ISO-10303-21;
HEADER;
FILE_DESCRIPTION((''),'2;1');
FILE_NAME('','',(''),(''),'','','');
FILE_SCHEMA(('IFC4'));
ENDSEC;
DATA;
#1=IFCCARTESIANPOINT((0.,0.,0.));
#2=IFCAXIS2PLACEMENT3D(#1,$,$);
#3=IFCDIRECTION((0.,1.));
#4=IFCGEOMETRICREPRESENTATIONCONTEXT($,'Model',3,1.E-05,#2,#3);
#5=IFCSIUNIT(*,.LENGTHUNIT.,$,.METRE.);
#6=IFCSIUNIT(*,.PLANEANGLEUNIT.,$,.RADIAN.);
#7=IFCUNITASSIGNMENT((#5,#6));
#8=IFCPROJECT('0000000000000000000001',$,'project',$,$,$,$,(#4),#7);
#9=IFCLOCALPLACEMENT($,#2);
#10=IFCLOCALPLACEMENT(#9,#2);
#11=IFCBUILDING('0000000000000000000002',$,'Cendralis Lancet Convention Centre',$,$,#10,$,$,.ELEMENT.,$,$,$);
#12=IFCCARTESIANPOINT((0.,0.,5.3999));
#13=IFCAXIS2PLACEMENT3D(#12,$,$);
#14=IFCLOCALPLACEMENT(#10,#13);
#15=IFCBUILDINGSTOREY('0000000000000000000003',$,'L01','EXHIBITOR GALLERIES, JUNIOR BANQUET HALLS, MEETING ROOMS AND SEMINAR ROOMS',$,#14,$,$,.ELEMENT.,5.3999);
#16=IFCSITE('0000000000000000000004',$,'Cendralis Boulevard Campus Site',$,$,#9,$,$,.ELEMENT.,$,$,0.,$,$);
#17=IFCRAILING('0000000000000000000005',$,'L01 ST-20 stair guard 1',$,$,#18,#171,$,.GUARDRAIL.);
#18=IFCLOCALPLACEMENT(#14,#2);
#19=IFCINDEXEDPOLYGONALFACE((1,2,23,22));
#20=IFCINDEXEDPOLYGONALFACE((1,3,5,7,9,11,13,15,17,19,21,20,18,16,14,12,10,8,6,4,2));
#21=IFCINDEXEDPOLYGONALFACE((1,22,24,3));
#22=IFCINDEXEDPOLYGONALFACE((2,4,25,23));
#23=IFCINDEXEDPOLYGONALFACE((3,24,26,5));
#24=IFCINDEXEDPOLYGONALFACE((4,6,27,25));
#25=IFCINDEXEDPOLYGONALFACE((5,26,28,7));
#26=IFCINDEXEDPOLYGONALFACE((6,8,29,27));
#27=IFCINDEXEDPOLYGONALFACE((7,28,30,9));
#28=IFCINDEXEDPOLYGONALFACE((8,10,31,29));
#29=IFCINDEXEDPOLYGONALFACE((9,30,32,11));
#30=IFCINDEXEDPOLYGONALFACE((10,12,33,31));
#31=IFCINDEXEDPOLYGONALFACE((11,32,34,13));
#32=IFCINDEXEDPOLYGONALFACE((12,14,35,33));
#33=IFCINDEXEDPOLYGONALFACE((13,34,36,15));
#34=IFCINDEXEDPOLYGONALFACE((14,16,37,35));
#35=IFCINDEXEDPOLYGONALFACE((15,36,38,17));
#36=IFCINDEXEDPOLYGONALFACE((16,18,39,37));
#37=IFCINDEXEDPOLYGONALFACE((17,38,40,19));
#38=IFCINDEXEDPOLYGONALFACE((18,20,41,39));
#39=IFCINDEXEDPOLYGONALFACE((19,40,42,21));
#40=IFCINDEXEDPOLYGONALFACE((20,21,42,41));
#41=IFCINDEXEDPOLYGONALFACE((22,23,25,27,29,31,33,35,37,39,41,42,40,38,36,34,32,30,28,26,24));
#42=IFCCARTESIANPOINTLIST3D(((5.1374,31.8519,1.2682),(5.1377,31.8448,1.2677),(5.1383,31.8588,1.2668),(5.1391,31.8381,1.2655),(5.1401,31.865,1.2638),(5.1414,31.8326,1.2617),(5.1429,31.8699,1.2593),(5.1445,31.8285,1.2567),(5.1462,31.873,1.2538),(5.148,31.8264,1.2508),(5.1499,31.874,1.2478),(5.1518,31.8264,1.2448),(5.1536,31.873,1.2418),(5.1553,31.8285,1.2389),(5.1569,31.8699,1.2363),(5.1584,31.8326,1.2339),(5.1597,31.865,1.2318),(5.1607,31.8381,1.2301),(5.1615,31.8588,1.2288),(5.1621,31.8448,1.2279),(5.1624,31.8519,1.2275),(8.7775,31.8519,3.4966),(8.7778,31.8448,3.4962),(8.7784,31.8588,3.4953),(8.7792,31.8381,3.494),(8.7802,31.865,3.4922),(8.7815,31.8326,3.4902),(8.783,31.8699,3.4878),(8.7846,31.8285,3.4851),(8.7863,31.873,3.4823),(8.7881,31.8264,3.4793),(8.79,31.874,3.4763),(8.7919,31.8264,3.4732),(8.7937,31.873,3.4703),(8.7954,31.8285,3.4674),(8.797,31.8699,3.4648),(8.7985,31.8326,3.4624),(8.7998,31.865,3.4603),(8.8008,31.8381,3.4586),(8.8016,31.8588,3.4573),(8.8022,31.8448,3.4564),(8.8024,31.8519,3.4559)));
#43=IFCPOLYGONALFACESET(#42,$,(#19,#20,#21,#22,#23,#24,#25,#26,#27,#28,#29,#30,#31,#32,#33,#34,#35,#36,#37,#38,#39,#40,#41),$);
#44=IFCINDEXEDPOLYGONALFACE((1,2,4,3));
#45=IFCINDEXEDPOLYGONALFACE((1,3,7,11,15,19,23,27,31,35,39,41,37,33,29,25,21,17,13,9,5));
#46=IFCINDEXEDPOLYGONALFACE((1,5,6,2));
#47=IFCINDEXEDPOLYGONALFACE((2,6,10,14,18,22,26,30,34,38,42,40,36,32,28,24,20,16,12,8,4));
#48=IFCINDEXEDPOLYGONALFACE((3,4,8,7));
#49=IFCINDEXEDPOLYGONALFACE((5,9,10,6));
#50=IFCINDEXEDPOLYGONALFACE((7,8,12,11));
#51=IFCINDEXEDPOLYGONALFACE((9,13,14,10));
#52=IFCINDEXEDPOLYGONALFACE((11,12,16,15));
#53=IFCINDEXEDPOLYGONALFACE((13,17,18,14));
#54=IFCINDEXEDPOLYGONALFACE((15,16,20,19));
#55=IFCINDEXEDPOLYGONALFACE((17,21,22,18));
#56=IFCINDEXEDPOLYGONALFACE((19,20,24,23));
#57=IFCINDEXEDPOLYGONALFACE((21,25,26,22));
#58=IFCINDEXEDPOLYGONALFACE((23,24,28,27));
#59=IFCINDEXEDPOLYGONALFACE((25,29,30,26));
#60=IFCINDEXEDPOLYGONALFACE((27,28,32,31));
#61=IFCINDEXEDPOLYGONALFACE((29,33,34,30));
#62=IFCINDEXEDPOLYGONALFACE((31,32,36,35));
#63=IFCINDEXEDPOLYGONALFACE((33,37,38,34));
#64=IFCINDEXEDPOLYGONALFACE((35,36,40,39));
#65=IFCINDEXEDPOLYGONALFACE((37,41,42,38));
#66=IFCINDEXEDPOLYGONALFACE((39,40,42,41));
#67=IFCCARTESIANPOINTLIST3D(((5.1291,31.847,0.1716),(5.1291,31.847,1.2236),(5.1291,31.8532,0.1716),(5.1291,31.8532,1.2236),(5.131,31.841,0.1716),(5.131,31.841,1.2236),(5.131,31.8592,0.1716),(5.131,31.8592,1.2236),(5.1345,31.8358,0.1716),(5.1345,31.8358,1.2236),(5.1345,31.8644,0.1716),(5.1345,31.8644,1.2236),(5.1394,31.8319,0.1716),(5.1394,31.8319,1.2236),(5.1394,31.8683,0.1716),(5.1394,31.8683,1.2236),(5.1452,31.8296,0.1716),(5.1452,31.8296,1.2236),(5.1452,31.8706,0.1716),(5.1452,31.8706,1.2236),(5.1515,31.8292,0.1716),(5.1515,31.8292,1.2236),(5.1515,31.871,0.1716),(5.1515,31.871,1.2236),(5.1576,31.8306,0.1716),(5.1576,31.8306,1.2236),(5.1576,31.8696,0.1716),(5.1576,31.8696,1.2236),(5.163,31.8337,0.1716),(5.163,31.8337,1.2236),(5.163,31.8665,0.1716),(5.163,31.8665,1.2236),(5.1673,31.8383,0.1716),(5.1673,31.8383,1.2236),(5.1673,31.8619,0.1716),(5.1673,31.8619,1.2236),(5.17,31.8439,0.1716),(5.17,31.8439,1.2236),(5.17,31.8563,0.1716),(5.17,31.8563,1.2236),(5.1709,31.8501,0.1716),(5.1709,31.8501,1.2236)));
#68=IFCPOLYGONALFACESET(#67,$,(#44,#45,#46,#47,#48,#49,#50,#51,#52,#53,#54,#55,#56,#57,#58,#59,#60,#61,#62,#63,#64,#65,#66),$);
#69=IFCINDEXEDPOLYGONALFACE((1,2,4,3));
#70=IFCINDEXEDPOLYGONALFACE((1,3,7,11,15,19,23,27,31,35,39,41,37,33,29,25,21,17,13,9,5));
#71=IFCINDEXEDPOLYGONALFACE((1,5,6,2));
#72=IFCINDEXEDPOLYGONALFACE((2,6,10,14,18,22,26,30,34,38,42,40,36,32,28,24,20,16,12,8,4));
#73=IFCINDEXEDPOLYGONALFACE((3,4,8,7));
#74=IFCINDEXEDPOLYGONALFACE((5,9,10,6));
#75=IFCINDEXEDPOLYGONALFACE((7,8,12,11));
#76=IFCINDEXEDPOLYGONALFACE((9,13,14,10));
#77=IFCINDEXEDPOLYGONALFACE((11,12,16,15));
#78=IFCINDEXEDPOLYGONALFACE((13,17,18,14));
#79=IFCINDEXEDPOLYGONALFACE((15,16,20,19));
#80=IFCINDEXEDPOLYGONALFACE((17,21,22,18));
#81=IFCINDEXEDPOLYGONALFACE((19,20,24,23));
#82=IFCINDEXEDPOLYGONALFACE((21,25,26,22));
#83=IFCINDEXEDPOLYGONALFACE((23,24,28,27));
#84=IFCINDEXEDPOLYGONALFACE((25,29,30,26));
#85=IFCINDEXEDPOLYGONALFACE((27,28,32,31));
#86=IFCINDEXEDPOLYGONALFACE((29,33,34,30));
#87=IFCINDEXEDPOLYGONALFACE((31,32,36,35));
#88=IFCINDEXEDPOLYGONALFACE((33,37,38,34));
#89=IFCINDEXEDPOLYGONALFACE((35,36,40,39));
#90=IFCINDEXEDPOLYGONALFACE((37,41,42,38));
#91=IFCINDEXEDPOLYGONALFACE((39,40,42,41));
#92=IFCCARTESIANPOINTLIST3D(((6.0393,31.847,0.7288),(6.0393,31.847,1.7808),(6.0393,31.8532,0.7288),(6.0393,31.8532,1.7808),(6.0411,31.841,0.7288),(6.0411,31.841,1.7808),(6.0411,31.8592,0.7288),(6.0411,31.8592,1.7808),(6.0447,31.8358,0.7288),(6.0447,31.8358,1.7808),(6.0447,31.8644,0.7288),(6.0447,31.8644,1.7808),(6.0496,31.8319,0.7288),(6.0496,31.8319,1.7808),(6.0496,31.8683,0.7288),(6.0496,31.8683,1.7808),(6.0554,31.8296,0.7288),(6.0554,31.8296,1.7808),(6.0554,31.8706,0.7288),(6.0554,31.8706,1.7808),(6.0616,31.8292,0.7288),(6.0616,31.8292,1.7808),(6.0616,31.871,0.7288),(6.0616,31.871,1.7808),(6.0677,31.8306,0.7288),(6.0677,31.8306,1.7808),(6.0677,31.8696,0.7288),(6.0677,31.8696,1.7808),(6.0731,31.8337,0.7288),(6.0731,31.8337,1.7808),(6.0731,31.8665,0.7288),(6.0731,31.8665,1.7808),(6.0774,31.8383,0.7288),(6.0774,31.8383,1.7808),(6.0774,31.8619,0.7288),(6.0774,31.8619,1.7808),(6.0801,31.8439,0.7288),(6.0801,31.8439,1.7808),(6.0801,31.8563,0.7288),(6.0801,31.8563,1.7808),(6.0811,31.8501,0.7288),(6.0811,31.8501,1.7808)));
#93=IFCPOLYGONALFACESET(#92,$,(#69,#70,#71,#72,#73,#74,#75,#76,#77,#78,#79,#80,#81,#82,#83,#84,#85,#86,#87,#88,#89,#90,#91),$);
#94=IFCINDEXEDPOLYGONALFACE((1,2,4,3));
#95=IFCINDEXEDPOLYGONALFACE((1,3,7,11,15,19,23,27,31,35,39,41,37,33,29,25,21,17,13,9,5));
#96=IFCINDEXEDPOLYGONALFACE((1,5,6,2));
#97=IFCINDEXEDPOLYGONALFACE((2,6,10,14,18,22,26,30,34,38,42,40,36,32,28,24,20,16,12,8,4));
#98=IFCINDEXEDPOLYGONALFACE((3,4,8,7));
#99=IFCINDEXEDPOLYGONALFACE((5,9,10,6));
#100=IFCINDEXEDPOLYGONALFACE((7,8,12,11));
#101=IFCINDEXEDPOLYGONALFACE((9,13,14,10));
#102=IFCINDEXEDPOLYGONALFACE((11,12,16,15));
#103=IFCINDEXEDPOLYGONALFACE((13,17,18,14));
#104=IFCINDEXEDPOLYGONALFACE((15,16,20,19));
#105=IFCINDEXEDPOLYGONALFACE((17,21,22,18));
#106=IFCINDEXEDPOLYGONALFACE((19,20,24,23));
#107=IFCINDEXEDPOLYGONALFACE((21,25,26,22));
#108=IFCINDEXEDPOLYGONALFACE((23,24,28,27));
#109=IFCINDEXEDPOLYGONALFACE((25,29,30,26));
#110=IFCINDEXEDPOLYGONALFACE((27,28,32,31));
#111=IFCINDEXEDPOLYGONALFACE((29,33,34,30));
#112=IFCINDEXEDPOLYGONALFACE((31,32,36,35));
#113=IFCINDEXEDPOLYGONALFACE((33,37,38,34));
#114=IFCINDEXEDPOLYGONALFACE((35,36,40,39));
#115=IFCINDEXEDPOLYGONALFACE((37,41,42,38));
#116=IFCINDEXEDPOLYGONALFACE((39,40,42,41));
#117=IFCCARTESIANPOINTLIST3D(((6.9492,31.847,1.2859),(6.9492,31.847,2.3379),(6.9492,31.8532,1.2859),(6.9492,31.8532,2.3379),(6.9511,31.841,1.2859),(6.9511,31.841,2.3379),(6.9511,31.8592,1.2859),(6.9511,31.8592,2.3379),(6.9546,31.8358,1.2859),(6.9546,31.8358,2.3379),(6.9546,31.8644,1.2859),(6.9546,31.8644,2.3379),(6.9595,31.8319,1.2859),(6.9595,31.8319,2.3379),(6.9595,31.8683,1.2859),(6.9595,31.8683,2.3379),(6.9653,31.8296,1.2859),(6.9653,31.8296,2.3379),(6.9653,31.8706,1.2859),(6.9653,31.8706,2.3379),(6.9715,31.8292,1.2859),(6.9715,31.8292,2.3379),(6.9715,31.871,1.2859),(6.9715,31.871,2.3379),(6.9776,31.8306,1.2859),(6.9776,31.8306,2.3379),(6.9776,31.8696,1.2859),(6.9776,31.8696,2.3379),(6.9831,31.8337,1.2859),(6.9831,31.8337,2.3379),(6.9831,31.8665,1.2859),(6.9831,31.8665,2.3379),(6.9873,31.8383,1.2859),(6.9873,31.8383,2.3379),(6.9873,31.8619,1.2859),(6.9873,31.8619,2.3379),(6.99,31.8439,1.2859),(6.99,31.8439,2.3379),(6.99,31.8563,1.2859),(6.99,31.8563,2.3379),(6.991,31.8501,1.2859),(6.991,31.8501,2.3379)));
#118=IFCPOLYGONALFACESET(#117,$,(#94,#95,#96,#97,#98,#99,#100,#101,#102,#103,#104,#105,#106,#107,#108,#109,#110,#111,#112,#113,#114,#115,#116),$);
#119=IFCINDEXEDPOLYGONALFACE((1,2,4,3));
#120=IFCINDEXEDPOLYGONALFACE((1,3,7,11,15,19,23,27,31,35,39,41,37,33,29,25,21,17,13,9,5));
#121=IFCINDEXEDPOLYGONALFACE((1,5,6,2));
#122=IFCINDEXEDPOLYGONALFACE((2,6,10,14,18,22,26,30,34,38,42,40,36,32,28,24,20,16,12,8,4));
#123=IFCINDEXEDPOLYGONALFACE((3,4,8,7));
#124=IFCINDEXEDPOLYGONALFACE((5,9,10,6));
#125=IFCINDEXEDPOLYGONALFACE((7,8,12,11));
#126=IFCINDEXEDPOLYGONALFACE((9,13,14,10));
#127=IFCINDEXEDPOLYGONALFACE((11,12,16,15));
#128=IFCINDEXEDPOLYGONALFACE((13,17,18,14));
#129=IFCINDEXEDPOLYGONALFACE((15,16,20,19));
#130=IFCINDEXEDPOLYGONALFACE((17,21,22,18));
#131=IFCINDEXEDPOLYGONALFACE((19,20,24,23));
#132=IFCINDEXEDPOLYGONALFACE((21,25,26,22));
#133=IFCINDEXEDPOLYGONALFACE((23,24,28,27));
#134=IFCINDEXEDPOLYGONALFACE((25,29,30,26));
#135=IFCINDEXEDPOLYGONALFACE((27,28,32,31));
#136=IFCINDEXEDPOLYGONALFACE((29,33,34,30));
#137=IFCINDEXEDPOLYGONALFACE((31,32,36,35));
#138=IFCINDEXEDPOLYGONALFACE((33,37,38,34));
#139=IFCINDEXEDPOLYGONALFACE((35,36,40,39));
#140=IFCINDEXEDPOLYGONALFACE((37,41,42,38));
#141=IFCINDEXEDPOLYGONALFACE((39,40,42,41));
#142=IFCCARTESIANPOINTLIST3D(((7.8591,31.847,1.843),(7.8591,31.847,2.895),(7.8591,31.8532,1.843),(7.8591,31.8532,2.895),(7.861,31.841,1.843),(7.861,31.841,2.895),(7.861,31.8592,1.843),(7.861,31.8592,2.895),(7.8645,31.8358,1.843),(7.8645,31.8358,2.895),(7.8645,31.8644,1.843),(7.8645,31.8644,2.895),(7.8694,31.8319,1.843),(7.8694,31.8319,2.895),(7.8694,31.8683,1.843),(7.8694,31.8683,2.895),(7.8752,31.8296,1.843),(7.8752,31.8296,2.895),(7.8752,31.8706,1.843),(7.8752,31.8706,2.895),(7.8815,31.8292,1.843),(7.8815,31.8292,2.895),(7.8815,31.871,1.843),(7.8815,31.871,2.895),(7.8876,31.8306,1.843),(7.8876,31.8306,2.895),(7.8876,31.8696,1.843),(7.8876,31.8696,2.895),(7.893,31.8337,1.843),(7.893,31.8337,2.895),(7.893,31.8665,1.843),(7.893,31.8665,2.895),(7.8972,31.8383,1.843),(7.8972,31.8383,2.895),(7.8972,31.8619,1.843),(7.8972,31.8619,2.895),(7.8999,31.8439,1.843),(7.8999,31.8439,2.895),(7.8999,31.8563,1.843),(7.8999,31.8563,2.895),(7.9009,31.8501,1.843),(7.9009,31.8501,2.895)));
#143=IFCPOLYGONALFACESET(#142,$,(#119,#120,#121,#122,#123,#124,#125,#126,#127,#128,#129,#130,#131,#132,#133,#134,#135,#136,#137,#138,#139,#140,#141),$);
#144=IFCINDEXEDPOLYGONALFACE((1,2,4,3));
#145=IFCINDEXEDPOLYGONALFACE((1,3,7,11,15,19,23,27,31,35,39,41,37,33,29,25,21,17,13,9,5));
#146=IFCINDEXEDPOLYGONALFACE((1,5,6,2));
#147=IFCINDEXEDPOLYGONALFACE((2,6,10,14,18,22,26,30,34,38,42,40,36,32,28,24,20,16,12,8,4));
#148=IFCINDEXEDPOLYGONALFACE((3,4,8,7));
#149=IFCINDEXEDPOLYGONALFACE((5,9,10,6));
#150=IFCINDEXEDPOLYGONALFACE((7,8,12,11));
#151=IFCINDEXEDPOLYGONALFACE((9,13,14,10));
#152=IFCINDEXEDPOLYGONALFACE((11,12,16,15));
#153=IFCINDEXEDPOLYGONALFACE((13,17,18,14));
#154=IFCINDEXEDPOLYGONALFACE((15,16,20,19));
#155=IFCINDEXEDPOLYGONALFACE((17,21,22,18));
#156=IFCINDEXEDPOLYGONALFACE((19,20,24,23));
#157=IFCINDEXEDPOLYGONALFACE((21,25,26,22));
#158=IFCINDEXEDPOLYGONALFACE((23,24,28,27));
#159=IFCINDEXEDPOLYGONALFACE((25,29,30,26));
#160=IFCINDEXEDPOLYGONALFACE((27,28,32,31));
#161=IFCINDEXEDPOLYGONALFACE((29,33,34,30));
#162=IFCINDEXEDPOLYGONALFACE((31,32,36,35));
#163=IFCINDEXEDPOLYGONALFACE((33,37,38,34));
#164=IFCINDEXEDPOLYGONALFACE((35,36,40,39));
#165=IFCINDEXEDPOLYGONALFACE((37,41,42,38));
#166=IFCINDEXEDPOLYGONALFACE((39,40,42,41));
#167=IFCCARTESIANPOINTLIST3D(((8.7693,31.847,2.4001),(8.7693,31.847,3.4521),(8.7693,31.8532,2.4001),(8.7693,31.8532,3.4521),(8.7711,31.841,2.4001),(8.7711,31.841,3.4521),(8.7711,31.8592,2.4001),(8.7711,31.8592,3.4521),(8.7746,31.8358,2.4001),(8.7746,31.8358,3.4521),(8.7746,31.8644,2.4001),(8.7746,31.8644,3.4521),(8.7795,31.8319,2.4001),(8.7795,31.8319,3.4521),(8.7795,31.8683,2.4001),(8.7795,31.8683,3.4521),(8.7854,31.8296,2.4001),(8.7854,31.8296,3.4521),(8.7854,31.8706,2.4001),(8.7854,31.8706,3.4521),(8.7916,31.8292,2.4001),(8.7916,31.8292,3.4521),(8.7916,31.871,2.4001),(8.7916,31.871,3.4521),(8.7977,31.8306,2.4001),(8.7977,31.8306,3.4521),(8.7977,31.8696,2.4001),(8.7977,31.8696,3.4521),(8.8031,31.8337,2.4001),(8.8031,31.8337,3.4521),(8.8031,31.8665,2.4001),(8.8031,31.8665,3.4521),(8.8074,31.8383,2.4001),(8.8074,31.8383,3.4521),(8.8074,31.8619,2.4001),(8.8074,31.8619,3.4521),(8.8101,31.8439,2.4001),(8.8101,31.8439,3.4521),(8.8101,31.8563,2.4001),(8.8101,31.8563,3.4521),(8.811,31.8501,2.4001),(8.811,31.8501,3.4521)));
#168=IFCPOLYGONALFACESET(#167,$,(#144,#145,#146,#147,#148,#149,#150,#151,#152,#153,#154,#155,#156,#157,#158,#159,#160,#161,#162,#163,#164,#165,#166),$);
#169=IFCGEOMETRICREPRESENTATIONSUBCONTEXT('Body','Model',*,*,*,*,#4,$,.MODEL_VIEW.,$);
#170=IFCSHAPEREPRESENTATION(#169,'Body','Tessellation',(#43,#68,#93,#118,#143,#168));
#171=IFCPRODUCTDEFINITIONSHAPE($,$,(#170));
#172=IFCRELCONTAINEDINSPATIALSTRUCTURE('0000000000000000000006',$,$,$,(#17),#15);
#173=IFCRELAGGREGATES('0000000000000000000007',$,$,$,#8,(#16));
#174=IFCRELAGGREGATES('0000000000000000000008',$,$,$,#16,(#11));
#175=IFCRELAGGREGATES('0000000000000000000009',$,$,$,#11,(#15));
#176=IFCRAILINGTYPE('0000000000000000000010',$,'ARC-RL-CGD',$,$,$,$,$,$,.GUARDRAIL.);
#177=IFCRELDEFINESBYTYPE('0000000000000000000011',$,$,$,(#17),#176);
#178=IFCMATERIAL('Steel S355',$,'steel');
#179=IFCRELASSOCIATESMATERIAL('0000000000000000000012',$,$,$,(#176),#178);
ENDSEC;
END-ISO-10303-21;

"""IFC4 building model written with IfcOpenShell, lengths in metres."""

from ifc_helpers import new_model, si_unit, direction, frame, origin, origin_2d, place, context, subcontext, project, spatial, circle, extrude, material, type_object, element, save


model = new_model("IFC4")

# Units and contexts
model_context = context("Model", 3, precision=1e-05, world=origin(), true_north=direction((0.0, 1.0)))
body_context = subcontext(model_context, "Body", "Model", "MODEL_VIEW")
ifc_project = project(units=[si_unit("LENGTHUNIT", "METRE"), si_unit("PLANEANGLEUNIT", "RADIAN")], contexts=[model_context])

# Site, building, storey
site_placement = place(None, origin())
site = spatial("IfcSite", under=ifc_project, at=site_placement, Name="Cendralis Boulevard Campus Site", CompositionType="ELEMENT", RefElevation=0.0)
building_placement = place(site_placement, origin())
building = spatial("IfcBuilding", under=site, at=building_placement, Name="Cendralis Lancet Convention Centre", CompositionType="ELEMENT")
storey_placement = place(building_placement, frame((0.0, 0.0, 5.3999)))
storey = spatial("IfcBuildingStorey", under=building, at=storey_placement, Name="L01", Description="EXHIBITOR GALLERIES, JUNIOR BANQUET HALLS, MEETING ROOMS AND SEMINAR ROOMS", CompositionType="ELEMENT", Elevation=5.3999)

# Shared definitions
ifc_material_1 = material(Name="Steel S355", Category="steel")

# Railing
railing_type_1 = type_object("IfcRailingType", Name="ARC-RL-CGD", PredefinedType="GUARDRAIL", material=ifc_material_1)
railing_1_placement = place(storey_placement, frame((5.1499, 31.8501, 0.1716)))
element("IfcRailing", 1, at=railing_1_placement, inside=storey, type_object=railing_type_1, Name="L01 ST-20 stair guard 1", PredefinedType="GUARDRAIL", context=body_context, shape_type="SweptSolid", body=[
    extrude(circle(Radius=0.0239, at=origin_2d()), frame((0.0, 0.0, 1.0762), z_axis=(0.852866, 0.0, 0.52213), x_axis=(0.0, 1.0, 0.0)), (0.0, 0.0, 1.0), 4.2681),
    extrude(circle(Radius=0.021, at=origin_2d()), origin(), (0.0, 0.0, 1.0), 1.052),
    extrude(circle(Radius=0.021, at=origin_2d()), frame((0.9102, 0.0, 0.5571)), (0.0, 0.0, 1.0), 1.052),
    extrude(circle(Radius=0.021, at=origin_2d()), frame((1.8201, 0.0, 1.1143)), (0.0, 0.0, 1.0), 1.052),
    extrude(circle(Radius=0.021, at=origin_2d()), frame((2.73, 0.0, 1.6714)), (0.0, 0.0, 1.0), 1.052),
    extrude(circle(Radius=0.021, at=origin_2d()), frame((3.6401, 0.0, 2.2285)), (0.0, 0.0, 1.0), 1.052),
])

save(model, "model.ifc")
